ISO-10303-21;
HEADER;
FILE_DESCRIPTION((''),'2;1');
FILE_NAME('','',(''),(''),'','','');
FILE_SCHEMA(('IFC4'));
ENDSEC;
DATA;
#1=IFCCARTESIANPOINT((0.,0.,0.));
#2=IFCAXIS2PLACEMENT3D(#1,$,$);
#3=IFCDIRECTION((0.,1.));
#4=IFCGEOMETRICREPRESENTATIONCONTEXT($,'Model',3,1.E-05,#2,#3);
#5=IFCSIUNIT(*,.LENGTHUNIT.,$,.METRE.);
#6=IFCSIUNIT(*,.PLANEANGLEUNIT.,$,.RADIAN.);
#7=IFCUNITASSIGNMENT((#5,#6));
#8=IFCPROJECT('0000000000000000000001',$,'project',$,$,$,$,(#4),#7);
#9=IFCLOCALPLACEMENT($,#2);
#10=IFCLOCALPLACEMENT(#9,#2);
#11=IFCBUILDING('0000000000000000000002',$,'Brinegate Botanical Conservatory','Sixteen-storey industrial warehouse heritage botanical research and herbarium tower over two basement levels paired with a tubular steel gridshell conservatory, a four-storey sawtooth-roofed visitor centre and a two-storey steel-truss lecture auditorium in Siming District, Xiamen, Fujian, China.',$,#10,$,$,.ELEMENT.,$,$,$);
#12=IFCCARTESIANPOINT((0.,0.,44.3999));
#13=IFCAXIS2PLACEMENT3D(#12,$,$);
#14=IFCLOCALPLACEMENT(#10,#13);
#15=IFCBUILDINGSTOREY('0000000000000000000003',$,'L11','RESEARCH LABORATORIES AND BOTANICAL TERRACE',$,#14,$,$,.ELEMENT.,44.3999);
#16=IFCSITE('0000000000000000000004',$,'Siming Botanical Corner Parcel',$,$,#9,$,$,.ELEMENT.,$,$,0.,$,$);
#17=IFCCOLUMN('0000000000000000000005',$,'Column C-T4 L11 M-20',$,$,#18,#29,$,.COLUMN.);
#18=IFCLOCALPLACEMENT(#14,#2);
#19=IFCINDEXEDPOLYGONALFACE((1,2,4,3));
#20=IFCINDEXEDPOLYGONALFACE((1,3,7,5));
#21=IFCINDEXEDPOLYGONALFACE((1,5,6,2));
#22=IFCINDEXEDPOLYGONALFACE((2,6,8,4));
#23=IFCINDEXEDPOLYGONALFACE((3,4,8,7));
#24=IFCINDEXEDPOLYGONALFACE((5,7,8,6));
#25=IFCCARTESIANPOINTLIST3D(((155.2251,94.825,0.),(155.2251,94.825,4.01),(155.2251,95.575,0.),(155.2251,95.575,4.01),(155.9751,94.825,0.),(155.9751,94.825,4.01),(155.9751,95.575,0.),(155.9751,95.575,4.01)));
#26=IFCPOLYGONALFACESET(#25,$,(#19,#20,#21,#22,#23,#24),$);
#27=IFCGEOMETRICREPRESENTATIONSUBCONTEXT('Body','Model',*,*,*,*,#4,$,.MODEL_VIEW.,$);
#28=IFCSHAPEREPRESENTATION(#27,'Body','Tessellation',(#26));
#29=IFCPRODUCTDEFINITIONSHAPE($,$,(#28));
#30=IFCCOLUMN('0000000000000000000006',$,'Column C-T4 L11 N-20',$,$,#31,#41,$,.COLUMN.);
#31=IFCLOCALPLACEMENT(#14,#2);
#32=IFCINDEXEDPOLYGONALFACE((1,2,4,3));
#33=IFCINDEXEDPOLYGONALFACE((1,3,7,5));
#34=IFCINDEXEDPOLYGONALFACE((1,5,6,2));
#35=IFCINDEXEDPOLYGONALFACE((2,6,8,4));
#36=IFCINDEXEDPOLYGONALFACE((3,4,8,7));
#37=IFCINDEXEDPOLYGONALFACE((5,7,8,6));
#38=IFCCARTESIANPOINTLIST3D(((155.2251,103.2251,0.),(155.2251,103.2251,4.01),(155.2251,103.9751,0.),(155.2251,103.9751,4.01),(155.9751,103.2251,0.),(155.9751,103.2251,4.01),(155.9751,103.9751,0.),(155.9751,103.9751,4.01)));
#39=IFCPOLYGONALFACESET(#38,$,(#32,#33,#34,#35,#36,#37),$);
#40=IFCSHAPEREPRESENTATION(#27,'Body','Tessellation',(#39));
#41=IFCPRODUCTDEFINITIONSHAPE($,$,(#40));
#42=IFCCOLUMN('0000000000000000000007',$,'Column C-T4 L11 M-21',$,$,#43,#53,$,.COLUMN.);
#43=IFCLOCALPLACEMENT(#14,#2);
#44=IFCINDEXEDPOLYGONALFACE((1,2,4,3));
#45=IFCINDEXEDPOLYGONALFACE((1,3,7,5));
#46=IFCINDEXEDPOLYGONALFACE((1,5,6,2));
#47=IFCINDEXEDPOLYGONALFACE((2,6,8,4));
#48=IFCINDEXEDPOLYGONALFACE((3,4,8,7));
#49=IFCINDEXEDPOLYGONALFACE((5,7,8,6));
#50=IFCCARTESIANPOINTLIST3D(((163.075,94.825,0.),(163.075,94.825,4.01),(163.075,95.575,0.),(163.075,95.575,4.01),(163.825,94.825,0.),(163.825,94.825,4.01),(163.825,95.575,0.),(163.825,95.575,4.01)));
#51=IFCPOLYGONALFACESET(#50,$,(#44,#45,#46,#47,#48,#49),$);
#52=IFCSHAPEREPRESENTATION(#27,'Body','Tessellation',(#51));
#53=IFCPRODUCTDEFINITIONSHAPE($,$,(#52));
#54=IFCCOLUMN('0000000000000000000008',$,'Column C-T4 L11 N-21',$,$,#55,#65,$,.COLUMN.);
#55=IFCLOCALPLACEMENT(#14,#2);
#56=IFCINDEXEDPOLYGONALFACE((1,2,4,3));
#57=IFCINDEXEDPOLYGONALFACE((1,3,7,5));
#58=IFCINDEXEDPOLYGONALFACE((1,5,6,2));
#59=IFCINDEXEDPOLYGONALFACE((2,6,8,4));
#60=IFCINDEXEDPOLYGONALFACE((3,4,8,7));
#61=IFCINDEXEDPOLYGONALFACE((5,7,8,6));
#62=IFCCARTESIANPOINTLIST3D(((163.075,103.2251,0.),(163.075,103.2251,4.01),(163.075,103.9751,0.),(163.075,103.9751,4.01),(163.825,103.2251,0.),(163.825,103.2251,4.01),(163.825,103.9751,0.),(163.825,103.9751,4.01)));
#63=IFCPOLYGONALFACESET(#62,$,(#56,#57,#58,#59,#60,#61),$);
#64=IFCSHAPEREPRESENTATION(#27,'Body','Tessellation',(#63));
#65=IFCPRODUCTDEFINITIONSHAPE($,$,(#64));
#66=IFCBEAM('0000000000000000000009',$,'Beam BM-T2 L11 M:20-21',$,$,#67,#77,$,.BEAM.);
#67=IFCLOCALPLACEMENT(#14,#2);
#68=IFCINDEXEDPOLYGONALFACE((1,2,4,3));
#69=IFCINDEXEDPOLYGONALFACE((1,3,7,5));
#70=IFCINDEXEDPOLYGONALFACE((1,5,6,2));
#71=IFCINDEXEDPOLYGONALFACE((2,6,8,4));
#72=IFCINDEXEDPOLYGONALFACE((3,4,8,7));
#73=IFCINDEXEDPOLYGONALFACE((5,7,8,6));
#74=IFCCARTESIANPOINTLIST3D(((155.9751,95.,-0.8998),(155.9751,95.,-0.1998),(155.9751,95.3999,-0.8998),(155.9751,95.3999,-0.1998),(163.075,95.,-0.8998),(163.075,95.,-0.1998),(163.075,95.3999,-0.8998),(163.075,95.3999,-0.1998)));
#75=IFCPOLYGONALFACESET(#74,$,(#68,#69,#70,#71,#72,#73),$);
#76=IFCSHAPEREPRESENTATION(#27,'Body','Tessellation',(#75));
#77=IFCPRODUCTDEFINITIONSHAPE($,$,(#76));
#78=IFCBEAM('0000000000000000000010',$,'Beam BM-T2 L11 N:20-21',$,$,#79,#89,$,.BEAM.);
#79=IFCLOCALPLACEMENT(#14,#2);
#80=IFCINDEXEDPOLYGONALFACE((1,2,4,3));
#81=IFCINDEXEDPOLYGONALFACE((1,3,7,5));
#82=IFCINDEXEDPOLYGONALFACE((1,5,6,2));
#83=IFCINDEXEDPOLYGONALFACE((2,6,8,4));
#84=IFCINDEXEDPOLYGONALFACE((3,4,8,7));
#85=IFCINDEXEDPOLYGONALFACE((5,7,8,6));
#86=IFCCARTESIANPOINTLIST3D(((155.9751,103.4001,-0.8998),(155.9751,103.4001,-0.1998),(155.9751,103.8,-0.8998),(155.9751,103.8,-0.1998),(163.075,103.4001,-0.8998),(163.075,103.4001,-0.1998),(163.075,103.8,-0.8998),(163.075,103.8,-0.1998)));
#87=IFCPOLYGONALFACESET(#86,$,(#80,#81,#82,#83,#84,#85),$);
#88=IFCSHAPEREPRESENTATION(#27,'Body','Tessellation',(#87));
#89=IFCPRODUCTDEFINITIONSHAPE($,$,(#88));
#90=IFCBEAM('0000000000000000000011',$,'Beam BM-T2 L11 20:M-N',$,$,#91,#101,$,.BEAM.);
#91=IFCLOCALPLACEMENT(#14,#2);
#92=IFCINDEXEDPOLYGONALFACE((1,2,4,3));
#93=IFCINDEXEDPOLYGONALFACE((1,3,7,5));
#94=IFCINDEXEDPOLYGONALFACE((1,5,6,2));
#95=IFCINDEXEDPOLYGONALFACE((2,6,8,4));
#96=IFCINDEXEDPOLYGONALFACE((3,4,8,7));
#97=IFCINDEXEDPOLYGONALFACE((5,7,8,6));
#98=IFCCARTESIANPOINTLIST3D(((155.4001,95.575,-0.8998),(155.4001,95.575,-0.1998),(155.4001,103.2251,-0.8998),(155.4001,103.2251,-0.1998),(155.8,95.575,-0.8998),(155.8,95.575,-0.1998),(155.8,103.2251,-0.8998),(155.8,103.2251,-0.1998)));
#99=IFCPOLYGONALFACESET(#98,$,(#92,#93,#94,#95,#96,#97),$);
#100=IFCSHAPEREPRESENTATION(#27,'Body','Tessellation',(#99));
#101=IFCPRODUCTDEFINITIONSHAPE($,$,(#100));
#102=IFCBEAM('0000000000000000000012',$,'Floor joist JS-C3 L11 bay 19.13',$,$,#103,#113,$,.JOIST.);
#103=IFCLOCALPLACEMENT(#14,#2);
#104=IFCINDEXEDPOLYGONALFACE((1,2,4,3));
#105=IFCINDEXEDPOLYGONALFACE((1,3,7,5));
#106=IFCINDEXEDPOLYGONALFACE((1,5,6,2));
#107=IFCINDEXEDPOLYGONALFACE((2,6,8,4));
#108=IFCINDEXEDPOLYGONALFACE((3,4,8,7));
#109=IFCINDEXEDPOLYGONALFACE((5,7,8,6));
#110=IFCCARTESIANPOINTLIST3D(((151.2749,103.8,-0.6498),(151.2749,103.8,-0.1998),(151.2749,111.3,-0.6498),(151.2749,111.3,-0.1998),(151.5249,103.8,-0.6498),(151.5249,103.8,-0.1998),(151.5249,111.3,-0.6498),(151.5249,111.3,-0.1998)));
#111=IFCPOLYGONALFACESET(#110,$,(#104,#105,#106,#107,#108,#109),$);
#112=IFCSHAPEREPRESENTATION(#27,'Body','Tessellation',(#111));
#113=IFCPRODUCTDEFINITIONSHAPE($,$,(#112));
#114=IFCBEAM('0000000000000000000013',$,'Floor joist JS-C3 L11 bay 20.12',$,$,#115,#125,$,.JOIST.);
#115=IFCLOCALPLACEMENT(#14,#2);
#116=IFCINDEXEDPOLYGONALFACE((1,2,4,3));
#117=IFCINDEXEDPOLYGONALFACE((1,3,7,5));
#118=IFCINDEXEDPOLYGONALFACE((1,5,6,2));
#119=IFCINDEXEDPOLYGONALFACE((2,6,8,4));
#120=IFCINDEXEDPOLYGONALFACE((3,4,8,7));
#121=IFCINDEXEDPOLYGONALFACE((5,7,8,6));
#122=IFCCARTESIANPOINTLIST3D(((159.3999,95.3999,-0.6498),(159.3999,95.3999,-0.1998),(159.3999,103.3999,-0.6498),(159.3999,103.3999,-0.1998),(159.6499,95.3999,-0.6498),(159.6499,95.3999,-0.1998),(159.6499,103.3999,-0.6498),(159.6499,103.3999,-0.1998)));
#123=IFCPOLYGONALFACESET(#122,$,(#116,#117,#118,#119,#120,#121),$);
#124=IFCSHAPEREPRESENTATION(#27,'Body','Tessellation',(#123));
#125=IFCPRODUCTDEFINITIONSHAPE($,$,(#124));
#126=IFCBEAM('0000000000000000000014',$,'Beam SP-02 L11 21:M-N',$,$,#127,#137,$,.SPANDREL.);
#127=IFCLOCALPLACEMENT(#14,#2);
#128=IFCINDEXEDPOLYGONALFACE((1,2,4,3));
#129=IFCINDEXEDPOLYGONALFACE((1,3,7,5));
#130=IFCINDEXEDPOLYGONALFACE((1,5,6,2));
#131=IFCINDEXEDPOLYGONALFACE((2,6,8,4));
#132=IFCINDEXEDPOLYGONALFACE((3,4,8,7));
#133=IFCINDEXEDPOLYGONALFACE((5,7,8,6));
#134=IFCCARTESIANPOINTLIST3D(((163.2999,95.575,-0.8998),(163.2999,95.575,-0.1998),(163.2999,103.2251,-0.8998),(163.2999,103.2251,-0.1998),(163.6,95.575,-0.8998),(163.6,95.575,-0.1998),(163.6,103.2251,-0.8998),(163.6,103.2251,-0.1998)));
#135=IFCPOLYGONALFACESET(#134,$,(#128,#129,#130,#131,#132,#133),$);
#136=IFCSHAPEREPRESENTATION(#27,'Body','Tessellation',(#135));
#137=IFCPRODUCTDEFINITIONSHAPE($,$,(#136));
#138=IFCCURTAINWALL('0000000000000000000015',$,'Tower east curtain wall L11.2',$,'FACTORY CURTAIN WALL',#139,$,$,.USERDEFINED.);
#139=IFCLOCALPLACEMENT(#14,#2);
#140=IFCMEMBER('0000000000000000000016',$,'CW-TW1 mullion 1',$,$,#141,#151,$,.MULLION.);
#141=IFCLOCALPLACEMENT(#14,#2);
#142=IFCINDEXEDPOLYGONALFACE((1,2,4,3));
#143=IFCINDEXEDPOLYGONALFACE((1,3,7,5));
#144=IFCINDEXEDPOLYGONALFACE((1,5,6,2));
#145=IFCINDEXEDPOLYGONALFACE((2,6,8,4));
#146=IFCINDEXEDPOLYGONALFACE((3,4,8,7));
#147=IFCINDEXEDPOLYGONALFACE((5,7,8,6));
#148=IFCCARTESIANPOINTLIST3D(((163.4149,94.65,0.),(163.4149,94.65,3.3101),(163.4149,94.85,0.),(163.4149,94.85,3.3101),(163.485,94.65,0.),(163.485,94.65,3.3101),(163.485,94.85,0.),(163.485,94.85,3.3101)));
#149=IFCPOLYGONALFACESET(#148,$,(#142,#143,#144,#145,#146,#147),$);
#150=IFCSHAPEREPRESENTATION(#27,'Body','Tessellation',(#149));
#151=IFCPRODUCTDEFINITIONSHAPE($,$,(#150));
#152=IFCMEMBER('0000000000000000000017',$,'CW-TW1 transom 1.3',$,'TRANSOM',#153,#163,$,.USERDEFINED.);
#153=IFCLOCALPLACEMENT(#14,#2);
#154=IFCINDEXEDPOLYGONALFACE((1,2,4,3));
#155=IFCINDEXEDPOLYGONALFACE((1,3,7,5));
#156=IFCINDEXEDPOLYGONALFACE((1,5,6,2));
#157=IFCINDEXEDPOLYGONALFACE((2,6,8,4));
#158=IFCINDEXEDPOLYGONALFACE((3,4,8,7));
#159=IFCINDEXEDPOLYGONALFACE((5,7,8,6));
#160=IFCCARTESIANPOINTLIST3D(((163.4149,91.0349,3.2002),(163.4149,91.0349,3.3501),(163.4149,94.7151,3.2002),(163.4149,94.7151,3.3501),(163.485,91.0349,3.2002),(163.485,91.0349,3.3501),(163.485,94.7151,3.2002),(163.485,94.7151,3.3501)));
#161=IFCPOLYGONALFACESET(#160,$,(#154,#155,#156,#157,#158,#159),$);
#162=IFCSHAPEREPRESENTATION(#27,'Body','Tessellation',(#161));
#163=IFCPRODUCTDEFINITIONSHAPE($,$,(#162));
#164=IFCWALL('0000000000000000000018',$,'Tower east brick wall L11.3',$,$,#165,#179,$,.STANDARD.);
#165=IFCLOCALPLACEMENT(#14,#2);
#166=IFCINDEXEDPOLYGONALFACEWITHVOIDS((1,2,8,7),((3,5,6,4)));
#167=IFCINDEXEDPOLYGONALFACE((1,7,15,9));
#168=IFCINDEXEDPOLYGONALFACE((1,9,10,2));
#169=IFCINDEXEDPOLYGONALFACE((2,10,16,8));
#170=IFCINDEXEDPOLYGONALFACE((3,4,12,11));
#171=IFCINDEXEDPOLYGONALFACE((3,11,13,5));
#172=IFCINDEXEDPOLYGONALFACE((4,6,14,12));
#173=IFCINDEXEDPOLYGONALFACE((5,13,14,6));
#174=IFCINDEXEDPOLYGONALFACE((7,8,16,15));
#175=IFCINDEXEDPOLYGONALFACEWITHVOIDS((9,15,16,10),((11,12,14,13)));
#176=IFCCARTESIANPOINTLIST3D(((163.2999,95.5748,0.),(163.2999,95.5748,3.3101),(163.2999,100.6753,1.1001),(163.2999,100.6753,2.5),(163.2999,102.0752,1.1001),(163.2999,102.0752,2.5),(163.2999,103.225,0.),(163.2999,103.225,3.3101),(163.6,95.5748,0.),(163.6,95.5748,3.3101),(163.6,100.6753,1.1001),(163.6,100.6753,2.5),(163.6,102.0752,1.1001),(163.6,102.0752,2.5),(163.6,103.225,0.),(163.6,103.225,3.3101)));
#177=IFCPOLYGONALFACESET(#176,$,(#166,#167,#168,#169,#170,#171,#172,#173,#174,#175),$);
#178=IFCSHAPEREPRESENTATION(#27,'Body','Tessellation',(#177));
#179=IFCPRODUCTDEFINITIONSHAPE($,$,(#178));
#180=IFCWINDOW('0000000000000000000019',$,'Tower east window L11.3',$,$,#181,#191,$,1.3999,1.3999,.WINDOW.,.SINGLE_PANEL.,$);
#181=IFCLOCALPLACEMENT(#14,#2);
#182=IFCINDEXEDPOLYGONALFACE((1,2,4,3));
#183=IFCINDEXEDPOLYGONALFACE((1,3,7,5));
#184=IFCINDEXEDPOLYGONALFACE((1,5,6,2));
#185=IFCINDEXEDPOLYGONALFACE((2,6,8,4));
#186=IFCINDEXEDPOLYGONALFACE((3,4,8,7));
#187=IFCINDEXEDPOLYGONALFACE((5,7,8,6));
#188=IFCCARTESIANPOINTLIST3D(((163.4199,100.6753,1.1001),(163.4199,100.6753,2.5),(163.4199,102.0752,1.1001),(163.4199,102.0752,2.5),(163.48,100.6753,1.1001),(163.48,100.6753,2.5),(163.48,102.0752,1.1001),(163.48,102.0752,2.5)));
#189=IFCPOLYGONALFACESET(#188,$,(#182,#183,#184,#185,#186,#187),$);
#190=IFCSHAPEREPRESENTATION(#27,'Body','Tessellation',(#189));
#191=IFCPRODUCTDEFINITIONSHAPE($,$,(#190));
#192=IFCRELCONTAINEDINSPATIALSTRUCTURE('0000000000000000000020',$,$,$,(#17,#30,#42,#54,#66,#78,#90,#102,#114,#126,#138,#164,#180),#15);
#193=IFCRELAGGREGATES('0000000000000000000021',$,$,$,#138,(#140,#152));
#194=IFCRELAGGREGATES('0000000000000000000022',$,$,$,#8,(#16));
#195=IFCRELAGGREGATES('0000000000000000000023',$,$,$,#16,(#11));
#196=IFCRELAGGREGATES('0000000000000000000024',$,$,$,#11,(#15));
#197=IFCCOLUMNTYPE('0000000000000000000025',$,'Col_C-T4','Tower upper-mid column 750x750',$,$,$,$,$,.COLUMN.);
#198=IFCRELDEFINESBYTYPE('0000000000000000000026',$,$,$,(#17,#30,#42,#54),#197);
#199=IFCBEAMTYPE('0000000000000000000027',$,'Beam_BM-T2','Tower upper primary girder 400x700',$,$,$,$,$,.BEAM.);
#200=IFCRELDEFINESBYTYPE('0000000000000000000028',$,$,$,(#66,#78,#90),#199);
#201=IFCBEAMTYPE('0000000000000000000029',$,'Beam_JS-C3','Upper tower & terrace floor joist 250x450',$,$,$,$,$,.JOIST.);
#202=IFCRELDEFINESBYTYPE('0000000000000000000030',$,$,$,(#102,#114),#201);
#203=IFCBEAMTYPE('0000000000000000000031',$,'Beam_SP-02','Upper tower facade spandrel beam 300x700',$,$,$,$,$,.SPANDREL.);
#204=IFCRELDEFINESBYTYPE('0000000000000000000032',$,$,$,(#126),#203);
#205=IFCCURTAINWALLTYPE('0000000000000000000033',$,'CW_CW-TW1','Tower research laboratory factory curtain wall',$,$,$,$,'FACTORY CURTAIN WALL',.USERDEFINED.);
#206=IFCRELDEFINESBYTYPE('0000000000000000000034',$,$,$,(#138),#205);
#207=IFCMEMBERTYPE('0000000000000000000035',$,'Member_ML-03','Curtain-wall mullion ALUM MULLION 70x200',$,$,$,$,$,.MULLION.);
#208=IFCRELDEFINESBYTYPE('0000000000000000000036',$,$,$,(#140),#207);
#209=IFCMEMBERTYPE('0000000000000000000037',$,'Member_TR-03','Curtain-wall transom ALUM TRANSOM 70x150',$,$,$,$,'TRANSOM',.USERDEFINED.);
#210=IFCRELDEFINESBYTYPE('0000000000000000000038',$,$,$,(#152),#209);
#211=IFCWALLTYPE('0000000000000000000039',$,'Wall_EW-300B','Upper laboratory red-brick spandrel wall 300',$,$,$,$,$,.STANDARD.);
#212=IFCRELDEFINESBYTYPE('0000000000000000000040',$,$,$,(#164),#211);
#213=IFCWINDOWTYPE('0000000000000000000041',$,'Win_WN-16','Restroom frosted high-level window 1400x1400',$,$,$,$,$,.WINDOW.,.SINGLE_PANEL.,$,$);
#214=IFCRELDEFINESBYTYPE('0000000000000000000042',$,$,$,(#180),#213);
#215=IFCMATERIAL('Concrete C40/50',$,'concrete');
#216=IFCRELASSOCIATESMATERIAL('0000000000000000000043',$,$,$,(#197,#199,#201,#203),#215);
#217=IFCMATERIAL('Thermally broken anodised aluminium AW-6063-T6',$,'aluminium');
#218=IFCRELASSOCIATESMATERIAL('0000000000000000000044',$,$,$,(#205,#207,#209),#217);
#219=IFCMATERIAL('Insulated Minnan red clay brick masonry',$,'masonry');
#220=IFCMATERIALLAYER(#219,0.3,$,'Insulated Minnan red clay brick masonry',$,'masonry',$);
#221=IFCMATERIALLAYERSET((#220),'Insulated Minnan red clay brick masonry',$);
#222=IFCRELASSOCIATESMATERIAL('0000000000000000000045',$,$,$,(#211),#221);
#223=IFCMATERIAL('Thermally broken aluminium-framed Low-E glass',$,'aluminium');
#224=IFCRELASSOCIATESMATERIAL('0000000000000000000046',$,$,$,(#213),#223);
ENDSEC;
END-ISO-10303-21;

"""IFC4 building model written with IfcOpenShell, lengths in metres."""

from ifc_helpers import new_model, si_unit, direction, frame, frame_2d, origin, origin_2d, place, context, subcontext, project, spatial, rectangle, extrude, material, layer, layer_set, material_profile, profile_set, type_object, element, fill, aggregate, save


model = new_model("IFC4")

# Units and contexts
model_context = context("Model", 3, precision=1e-05, world=origin(), true_north=direction((0.0, 1.0)))
body_context = subcontext(model_context, "Body", "Model", "MODEL_VIEW")
ifc_project = project(units=[si_unit("LENGTHUNIT", "METRE"), si_unit("PLANEANGLEUNIT", "RADIAN")], contexts=[model_context])

# Site, building, storey
site_placement = place(None, origin())
site = spatial("IfcSite", under=ifc_project, at=site_placement, Name="Siming Botanical Corner Parcel", CompositionType="ELEMENT", RefElevation=0.0)
building_placement = place(site_placement, origin())
building = spatial("IfcBuilding", under=site, at=building_placement, Name="Brinegate Botanical Conservatory", Description="Sixteen-storey industrial warehouse heritage botanical research and herbarium tower over two basement levels paired with a tubular steel gridshell conservatory, a four-storey sawtooth-roofed visitor centre and a two-storey steel-truss lecture auditorium in Siming District, Xiamen, Fujian, China.", CompositionType="ELEMENT")
storey_placement = place(building_placement, frame((0.0, 0.0, 44.3999)))
storey = spatial("IfcBuildingStorey", under=building, at=storey_placement, Name="L11", Description="RESEARCH LABORATORIES AND BOTANICAL TERRACE", CompositionType="ELEMENT", Elevation=44.3999)

# Columns
ifc_material_1 = material(Name="Concrete C40/50", Category="concrete")
ifc_material_profile_1 = material_profile(ifc_material_1, rectangle(XDim=0.75, YDim=0.75, at=origin_2d()), Name="RC COL 750x750")
ifc_profile_set_1 = profile_set([ifc_material_profile_1], Name="Concrete C40/50")
column_type = type_object("IfcColumnType", Name="Col_C-T4", Description="Tower upper-mid column 750x750", PredefinedType="COLUMN", material=ifc_profile_set_1)
for number, where, z_axis, x_axis, name in (
    (1, (155.6001, 95.2, 0.0), (0.0, 0.0, 1.0), (1.0, 0.0, 0.0), "Column C-T4 L11 M-20"),
    (2, (155.6001, 103.6001, 0.0), (0.0, 0.0, 1.0), (1.0, 0.0, 0.0), "Column C-T4 L11 N-20"),
    (3, (163.45, 95.2, 0.0), (0.0, 0.0, 1.0), (1.0, 0.0, 0.0), "Column C-T4 L11 M-21"),
    (4, (163.45, 103.6001, 0.0), (0.0, 0.0, 1.0), (1.0, 0.0, 0.0), "Column C-T4 L11 N-21"),
):
    element("IfcColumn", number, at=place(storey_placement, frame(where, z_axis=z_axis, x_axis=x_axis)), inside=storey, type_object=column_type, Name=name, PredefinedType="COLUMN", context=body_context, shape_type="SweptSolid", body=[
        extrude(rectangle(XDim=0.75, YDim=0.75, at=origin_2d()), origin(), (0.0, 0.0, 1.0), 4.01),
    ])

# Beams
ifc_material_profile_2 = material_profile(ifc_material_1, rectangle(XDim=0.3999, YDim=0.7, at=origin_2d()), Name="RC BM 400x700")
ifc_profile_set_2 = profile_set([ifc_material_profile_2], Name="Concrete C40/50")
beam_type_1 = type_object("IfcBeamType", Name="Beam_BM-T2", Description="Tower upper primary girder 400x700", PredefinedType="BEAM", material=ifc_profile_set_2)
for number, where, z_axis, x_axis, name in (
    (5, (155.9751, 95.2, -0.5498), (1.0, 0.0, 0.0), (0.0, 1.0, 0.0), "Beam BM-T2 L11 M:20-21"),
    (6, (155.9751, 103.6001, -0.5498), (1.0, 0.0, 0.0), (0.0, 1.0, 0.0), "Beam BM-T2 L11 N:20-21"),
):
    element("IfcBeam", number, at=place(storey_placement, frame(where, z_axis=z_axis, x_axis=x_axis)), inside=storey, type_object=beam_type_1, Name=name, PredefinedType="BEAM", context=body_context, shape_type="SweptSolid", body=[
        extrude(rectangle(XDim=0.3999, YDim=0.7, at=origin_2d()), origin(), (0.0, 0.0, 1.0), 7.0999),
    ])
beam_1_placement = place(storey_placement, frame((155.6001, 95.575, -0.5498), z_axis=(0.0, 1.0, 0.0), x_axis=(-1.0, 0.0, 0.0)))
element("IfcBeam", 7, at=beam_1_placement, inside=storey, type_object=beam_type_1, Name="Beam BM-T2 L11 20:M-N", PredefinedType="BEAM", context=body_context, shape_type="SweptSolid", body=[
    extrude(rectangle(XDim=0.3999, YDim=0.7, at=origin_2d()), origin(), (0.0, 0.0, 1.0), 7.6501),
])
ifc_material_profile_3 = material_profile(ifc_material_1, rectangle(XDim=0.25, YDim=0.45, at=origin_2d()), Name="RC JST 250x450")
ifc_profile_set_3 = profile_set([ifc_material_profile_3], Name="Concrete C40/50")
beam_type_2 = type_object("IfcBeamType", Name="Beam_JS-C3", Description="Upper tower & terrace floor joist 250x450", PredefinedType="JOIST", material=ifc_profile_set_3)
beam_2_placement = place(storey_placement, frame((151.3999, 103.8, -0.4248), z_axis=(0.0, 1.0, 0.0), x_axis=(-1.0, 0.0, 0.0)))
element("IfcBeam", 8, at=beam_2_placement, inside=storey, type_object=beam_type_2, Name="Floor joist JS-C3 L11 bay 19.13", PredefinedType="JOIST", context=body_context, shape_type="SweptSolid", body=[
    extrude(rectangle(XDim=0.25, YDim=0.45, at=origin_2d()), origin(), (0.0, 0.0, 1.0), 7.5),
])
beam_3_placement = place(storey_placement, frame((159.5249, 95.3999, -0.4248), z_axis=(0.0, 1.0, 0.0), x_axis=(-1.0, 0.0, 0.0)))
element("IfcBeam", 9, at=beam_3_placement, inside=storey, type_object=beam_type_2, Name="Floor joist JS-C3 L11 bay 20.12", PredefinedType="JOIST", context=body_context, shape_type="SweptSolid", body=[
    extrude(rectangle(XDim=0.25, YDim=0.45, at=origin_2d()), origin(), (0.0, 0.0, 1.0), 8.0),
])
ifc_material_profile_4 = material_profile(ifc_material_1, rectangle(XDim=0.3, YDim=0.7, at=origin_2d()), Name="RC SPN 300x700")
ifc_profile_set_4 = profile_set([ifc_material_profile_4], Name="Concrete C40/50")
beam_type_3 = type_object("IfcBeamType", Name="Beam_SP-02", Description="Upper tower facade spandrel beam 300x700", PredefinedType="SPANDREL", material=ifc_profile_set_4)
beam_4_placement = place(storey_placement, frame((163.45, 95.575, -0.5498), z_axis=(0.0, 1.0, 0.0), x_axis=(-1.0, 0.0, 0.0)))
element("IfcBeam", 10, at=beam_4_placement, inside=storey, type_object=beam_type_3, Name="Beam SP-02 L11 21:M-N", PredefinedType="SPANDREL", context=body_context, shape_type="SweptSolid", body=[
    extrude(rectangle(XDim=0.3, YDim=0.7, at=origin_2d()), origin(), (0.0, 0.0, 1.0), 7.6501),
])

# Curtain wall, members
ifc_material_2 = material(Name="Thermally broken anodised aluminium AW-6063-T6", Category="aluminium")
curtain_wall_type = type_object("IfcCurtainWallType", Name="CW_CW-TW1", Description="Tower research laboratory factory curtain wall", ElementType="FACTORY CURTAIN WALL", PredefinedType="USERDEFINED", material=ifc_material_2)
curtain_wall_placement = place(storey_placement, origin())
curtain_wall = element("IfcCurtainWall", 11, at=curtain_wall_placement, inside=storey, type_object=curtain_wall_type, Name="Tower east curtain wall L11.2", ObjectType="FACTORY CURTAIN WALL", PredefinedType="USERDEFINED")
ifc_material_profile_5 = material_profile(ifc_material_2, rectangle(XDim=0.0701, YDim=0.2, at=origin_2d()), Name="ALUM MULLION 70x200")
ifc_profile_set_5 = profile_set([ifc_material_profile_5], Name="Thermally broken anodised aluminium AW-6063-T6")
member_type_1 = type_object("IfcMemberType", Name="Member_ML-03", Description="Curtain-wall mullion ALUM MULLION 70x200", PredefinedType="MULLION", material=ifc_profile_set_5)
member_1_placement = place(storey_placement, frame((163.45, 94.75, 0.0), z_axis=(0.0, 0.0, 1.0), x_axis=(1.0, 0.0, 0.0)))
member_1 = element("IfcMember", 12, at=member_1_placement, type_object=member_type_1, Name="CW-TW1 mullion 1", PredefinedType="MULLION", context=body_context, shape_type="SweptSolid", body=[
    extrude(rectangle(XDim=0.0701, YDim=0.2, at=origin_2d()), origin(), (0.0, 0.0, 1.0), 3.3101),
])
ifc_material_profile_6 = material_profile(ifc_material_2, rectangle(XDim=0.0701, YDim=0.1499, at=origin_2d()), Name="ALUM TRANSOM 70x150")
ifc_profile_set_6 = profile_set([ifc_material_profile_6], Name="Thermally broken anodised aluminium AW-6063-T6")
member_type_2 = type_object("IfcMemberType", Name="Member_TR-03", Description="Curtain-wall transom ALUM TRANSOM 70x150", ElementType="TRANSOM", PredefinedType="USERDEFINED", material=ifc_profile_set_6)
member_2_placement = place(storey_placement, frame((163.45, 94.7151, 3.2751), z_axis=(0.0, -1.0, 0.0), x_axis=(1.0, 0.0, 0.0)))
member_2 = element("IfcMember", 13, at=member_2_placement, type_object=member_type_2, Name="CW-TW1 transom 1.3", ObjectType="TRANSOM", PredefinedType="USERDEFINED", context=body_context, shape_type="SweptSolid", body=[
    extrude(rectangle(XDim=0.0701, YDim=0.1499, at=origin_2d()), origin(), (0.0, 0.0, 1.0), 3.6802),
])
aggregate(curtain_wall, [member_1, member_2])

# Wall, opening, window
ifc_material_3 = material(Name="Insulated Minnan red clay brick masonry", Category="masonry")
ifc_layer_1 = layer(ifc_material_3, 0.3, Name="Insulated Minnan red clay brick masonry", Category="masonry")
ifc_layer_set_1 = layer_set([ifc_layer_1], Name="Insulated Minnan red clay brick masonry")
wall_type_1 = type_object("IfcWallType", Name="Wall_EW-300B", Description="Upper laboratory red-brick spandrel wall 300", PredefinedType="STANDARD", material=ifc_layer_set_1)
wall_1_placement = place(storey_placement, frame((163.45, 103.2251, 0.0), z_axis=(0.0, 0.0, 1.0), x_axis=(0.0, -1.0, 0.0)))
wall_1 = element("IfcWall", 14, at=wall_1_placement, inside=storey, type_object=wall_type_1, Name="Tower east brick wall L11.3", PredefinedType="STANDARD", context=body_context, shape_type="SweptSolid", body=[
    extrude(rectangle(XDim=7.6501, YDim=0.3, at=frame_2d((3.8252, 0.0))), origin(), (0.0, 0.0, 1.0), 3.3101),
])
opening_1_placement = place(wall_1_placement, frame((1.1499, 0.0, 1.1001)))
opening_1 = element("IfcOpeningElement", 15, at=opening_1_placement, cuts=wall_1, PredefinedType="OPENING", context=body_context, shape_type="SweptSolid", body=[
    extrude(rectangle(XDim=1.3999, YDim=1.3999, at=frame_2d((0.7, 0.7))), frame((0.0, 0.1599, 0.0), z_axis=(0.0, -1.0, 0.0), x_axis=(1.0, 0.0, 0.0)), (0.0, 0.0, 1.0), 0.3201),
])
ifc_material_4 = material(Name="Thermally broken aluminium-framed Low-E glass", Category="aluminium")
window_type = type_object("IfcWindowType", Name="Win_WN-16", Description="Restroom frosted high-level window 1400x1400", PartitioningType="SINGLE_PANEL", PredefinedType="WINDOW", material=ifc_material_4)
window_placement = place(opening_1_placement, origin())
window = element("IfcWindow", 16, at=window_placement, inside=storey, type_object=window_type, Name="Tower east window L11.3", OverallHeight=1.3999, OverallWidth=1.3999, PartitioningType="SINGLE_PANEL", PredefinedType="WINDOW", context=body_context, shape_type="SweptSolid", body=[
    extrude(rectangle(XDim=1.3999, YDim=1.3999, at=frame_2d((0.7, 0.7))), frame((0.0, 0.03, 0.0), z_axis=(0.0, -1.0, 0.0), x_axis=(1.0, 0.0, 0.0)), (0.0, 0.0, 1.0), 0.0601),
])
fill(opening_1, window)

save(model, "model.ifc")
